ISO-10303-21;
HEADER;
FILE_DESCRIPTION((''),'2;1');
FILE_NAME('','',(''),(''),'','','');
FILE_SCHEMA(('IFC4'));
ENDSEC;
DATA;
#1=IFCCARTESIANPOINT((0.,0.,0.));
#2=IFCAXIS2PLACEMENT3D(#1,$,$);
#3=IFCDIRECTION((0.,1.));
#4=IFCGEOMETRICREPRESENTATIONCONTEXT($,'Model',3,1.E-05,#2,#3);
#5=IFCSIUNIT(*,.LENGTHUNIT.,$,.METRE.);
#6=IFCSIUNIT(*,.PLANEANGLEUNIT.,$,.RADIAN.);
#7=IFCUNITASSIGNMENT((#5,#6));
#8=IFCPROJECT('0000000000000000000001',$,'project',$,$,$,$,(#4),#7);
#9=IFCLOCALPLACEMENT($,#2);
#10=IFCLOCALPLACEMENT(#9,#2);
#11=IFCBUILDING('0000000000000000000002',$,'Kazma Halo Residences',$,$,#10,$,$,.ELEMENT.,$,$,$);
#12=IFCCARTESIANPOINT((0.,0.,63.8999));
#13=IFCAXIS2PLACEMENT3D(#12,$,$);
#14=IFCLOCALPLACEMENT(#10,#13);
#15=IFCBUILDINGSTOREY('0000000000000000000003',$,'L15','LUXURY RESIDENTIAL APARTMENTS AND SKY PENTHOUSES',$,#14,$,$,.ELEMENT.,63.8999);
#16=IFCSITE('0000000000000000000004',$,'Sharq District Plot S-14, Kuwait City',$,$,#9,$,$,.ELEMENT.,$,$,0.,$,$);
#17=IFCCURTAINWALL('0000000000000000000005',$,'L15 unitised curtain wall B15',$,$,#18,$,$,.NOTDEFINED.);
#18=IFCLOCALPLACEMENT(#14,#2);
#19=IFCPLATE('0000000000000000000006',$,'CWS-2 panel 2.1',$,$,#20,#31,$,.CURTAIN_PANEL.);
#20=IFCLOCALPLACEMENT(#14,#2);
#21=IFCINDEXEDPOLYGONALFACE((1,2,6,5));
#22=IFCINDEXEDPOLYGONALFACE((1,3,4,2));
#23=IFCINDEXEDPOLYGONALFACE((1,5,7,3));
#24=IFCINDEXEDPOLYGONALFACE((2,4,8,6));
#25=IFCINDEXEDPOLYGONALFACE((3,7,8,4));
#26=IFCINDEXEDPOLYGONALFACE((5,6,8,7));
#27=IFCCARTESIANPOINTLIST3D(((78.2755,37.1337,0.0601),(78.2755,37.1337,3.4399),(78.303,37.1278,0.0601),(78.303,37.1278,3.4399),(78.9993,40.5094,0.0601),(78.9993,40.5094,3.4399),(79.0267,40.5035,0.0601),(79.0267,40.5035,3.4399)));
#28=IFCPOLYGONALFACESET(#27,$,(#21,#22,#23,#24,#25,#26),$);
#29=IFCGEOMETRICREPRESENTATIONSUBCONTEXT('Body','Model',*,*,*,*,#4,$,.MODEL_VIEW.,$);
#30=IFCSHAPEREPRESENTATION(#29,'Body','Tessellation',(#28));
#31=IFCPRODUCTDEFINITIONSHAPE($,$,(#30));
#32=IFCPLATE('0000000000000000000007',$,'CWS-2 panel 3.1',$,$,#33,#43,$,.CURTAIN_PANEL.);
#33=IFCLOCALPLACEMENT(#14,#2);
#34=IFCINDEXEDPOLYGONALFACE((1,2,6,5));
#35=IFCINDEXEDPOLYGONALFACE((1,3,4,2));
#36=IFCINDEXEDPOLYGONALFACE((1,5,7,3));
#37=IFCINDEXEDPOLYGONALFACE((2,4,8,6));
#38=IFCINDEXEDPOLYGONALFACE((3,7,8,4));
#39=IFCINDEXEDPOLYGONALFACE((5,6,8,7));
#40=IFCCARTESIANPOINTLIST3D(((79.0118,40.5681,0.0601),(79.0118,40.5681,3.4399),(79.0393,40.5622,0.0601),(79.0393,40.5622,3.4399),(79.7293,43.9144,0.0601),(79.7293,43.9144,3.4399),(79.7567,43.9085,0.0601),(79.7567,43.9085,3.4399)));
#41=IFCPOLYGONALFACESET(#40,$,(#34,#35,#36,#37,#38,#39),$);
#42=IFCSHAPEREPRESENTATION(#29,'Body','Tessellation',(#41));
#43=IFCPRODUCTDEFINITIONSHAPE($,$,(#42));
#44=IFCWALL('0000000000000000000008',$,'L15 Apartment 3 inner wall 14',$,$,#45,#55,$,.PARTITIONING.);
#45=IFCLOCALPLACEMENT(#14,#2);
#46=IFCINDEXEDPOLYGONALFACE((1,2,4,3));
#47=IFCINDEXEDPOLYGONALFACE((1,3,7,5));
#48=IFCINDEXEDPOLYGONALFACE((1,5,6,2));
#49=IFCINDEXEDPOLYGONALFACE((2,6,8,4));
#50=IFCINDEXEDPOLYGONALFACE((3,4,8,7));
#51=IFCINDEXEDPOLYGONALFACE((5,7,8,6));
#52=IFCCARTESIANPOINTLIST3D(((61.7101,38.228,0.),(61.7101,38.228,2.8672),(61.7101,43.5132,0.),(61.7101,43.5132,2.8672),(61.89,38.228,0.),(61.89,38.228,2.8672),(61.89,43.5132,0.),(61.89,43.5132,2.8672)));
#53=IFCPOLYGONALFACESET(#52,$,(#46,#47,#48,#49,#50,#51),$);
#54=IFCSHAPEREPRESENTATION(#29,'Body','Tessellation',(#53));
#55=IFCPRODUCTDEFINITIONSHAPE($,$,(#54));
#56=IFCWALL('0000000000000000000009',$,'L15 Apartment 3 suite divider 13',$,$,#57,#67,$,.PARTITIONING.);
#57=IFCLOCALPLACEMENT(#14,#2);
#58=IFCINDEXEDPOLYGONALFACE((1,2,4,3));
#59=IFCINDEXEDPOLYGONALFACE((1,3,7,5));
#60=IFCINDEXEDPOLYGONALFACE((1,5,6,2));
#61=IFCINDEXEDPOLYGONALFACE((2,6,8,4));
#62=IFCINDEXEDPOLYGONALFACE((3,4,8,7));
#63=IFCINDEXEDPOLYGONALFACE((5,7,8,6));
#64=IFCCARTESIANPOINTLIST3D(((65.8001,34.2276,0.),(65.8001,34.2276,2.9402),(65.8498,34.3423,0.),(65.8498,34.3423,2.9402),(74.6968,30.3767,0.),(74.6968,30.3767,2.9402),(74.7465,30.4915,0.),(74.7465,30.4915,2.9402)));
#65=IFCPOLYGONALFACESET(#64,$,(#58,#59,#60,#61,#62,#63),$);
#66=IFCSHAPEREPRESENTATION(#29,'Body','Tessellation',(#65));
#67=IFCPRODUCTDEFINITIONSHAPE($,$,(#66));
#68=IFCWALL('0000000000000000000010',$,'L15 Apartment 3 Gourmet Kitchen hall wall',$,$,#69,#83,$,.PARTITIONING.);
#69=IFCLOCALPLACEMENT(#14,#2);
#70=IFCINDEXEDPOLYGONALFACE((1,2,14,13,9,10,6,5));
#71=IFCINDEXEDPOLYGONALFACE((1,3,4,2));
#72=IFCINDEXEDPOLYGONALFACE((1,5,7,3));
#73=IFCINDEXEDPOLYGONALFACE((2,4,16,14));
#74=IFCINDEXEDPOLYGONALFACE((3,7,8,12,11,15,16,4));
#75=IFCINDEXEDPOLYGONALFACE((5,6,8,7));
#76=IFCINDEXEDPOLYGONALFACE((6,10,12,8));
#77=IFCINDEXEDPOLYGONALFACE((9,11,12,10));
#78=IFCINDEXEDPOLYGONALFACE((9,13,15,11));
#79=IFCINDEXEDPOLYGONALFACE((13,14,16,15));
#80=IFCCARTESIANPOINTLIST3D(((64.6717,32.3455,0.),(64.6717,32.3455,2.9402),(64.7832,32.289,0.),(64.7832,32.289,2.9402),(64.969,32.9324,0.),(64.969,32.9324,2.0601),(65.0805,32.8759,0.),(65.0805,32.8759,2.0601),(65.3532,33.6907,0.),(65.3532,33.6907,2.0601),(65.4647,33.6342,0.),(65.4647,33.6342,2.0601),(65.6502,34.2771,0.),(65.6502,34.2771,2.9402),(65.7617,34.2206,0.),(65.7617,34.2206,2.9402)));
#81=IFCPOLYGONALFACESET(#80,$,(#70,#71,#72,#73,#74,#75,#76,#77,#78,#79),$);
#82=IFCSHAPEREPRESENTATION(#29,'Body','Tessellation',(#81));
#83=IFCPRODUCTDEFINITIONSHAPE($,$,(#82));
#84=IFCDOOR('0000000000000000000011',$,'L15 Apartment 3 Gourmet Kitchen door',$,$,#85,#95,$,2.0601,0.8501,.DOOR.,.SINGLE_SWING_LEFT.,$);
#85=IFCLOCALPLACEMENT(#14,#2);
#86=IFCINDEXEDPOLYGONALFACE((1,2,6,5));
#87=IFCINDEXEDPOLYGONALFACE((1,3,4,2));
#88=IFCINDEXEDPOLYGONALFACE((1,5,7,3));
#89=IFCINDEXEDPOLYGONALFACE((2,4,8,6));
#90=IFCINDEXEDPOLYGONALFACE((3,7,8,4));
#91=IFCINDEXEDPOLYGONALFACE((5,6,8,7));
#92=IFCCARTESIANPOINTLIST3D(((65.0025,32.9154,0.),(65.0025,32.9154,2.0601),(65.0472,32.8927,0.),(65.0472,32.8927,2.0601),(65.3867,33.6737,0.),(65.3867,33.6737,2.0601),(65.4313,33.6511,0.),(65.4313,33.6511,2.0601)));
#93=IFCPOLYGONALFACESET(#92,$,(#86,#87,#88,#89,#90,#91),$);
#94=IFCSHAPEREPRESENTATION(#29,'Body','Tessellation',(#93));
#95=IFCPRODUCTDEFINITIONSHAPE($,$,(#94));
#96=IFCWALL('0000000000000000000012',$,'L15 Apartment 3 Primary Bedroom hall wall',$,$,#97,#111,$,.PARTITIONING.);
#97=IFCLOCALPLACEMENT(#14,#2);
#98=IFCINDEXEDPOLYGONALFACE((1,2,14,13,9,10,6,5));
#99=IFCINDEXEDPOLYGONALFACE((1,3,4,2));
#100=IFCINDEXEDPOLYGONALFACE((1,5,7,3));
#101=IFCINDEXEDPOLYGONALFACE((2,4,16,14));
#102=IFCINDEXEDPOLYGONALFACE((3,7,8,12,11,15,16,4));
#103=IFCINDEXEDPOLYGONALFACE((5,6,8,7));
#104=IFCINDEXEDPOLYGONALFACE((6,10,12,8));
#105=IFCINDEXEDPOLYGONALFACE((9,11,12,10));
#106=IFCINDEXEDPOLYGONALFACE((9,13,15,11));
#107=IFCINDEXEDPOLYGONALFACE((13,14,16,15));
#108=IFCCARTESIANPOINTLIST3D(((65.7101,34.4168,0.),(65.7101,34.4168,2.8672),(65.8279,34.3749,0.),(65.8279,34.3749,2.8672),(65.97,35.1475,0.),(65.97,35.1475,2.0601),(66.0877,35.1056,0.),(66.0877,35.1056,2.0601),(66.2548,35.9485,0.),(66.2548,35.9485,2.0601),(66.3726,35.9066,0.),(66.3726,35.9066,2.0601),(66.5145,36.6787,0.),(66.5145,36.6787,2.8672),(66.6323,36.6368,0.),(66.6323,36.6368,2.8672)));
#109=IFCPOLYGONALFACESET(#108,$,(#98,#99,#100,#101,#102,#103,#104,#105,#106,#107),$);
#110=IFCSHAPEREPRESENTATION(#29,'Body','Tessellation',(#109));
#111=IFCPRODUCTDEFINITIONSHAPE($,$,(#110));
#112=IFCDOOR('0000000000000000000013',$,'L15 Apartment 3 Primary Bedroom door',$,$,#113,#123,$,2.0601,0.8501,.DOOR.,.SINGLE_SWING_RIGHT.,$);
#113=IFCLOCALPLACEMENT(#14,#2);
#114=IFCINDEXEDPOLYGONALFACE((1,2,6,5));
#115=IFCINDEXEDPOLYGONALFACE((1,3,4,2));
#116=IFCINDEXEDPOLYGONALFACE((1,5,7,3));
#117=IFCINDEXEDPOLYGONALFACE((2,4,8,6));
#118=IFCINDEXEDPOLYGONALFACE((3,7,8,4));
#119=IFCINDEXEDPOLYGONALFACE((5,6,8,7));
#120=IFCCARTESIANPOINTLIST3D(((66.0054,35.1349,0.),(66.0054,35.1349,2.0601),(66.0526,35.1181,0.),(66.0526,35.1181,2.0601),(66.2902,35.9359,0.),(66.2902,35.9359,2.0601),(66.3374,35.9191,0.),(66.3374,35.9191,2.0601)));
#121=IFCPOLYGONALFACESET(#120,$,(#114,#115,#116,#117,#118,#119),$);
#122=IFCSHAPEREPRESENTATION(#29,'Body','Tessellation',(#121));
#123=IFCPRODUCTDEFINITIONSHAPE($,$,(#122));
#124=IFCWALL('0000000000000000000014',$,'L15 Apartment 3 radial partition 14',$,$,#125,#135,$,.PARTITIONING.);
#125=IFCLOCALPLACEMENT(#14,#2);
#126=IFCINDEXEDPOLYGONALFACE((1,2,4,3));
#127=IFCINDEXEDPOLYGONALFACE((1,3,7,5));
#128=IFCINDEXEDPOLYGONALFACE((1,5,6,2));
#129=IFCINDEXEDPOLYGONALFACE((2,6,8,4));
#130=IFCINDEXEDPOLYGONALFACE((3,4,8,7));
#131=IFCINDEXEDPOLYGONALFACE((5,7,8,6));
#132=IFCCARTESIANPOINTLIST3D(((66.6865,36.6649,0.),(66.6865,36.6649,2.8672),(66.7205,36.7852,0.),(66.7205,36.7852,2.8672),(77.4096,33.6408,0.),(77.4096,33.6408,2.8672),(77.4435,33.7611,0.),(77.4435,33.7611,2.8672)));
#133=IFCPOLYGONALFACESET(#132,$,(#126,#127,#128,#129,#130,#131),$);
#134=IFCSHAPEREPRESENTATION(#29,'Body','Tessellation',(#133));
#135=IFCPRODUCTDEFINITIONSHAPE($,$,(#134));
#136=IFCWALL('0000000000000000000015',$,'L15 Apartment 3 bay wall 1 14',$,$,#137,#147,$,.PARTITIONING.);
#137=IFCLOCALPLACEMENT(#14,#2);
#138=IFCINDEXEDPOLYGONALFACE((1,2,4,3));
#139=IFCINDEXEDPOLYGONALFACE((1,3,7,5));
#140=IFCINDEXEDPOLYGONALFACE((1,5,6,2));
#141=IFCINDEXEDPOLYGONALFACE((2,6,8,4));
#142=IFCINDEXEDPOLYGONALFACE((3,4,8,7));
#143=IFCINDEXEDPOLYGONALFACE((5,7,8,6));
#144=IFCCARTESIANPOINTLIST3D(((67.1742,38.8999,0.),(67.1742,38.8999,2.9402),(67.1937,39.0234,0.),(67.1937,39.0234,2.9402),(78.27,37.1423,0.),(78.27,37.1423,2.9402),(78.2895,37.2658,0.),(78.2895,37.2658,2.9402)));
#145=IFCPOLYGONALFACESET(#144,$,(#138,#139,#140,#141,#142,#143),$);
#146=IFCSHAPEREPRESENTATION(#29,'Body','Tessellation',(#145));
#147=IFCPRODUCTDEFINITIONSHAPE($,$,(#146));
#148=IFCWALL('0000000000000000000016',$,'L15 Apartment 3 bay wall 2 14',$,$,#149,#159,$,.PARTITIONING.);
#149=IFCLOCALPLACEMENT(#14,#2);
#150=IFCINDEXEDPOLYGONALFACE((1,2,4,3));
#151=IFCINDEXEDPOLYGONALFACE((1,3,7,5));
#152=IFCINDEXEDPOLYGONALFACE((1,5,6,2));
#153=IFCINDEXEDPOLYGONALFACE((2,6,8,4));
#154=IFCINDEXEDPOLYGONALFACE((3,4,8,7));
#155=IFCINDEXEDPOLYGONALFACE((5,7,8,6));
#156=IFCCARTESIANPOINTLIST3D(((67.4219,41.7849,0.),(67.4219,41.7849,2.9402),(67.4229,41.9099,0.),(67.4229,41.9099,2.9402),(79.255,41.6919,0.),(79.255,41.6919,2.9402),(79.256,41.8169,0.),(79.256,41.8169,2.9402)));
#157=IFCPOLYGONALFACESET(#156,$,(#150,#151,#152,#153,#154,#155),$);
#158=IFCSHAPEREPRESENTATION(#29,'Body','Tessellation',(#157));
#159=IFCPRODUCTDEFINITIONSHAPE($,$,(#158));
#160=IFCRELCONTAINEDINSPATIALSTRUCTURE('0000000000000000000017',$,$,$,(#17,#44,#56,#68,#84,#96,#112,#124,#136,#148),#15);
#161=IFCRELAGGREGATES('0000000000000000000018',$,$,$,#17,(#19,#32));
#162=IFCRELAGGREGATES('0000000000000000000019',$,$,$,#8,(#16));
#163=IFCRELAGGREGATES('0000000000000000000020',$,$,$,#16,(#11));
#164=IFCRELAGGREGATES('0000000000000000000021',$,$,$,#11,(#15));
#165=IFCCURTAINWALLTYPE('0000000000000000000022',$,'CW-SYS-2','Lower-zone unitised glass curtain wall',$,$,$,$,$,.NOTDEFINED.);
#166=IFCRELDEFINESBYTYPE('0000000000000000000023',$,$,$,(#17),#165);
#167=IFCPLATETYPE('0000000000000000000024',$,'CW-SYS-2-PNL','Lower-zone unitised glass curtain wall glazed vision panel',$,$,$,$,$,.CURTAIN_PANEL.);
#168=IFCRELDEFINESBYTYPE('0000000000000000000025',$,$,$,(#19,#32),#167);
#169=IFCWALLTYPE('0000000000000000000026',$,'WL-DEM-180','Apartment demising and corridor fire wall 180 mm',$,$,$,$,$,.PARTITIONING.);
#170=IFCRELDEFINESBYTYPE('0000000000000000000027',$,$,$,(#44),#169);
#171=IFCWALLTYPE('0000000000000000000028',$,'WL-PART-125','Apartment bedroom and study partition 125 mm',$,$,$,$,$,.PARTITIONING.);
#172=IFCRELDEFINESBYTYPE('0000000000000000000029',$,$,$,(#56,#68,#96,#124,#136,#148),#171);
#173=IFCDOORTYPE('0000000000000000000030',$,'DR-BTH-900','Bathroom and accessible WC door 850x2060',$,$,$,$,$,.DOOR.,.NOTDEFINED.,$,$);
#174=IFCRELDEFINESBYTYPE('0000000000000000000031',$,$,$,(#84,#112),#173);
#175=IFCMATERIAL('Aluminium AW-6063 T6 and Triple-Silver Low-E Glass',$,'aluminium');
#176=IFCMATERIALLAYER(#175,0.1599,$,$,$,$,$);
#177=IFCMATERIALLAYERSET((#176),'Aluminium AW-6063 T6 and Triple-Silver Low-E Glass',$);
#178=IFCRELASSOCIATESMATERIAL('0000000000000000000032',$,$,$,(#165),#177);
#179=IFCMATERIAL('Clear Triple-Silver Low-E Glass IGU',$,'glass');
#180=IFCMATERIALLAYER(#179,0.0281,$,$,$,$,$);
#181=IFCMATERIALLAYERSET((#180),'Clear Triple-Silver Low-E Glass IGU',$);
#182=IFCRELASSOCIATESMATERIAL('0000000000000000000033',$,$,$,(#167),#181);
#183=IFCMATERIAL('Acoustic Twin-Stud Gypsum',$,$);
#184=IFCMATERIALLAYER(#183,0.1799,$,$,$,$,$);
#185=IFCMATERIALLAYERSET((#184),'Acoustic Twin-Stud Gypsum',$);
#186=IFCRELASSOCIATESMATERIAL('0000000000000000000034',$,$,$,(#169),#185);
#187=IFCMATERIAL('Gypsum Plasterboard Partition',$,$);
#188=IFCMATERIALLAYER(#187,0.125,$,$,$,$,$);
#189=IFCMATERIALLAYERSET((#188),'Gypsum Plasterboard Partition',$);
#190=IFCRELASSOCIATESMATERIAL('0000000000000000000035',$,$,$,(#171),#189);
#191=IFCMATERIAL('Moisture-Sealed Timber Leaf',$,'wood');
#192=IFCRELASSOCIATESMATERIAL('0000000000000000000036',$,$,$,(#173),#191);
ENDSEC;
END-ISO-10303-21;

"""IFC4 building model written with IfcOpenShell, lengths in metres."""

from ifc_helpers import new_model, si_unit, direction, frame, frame_2d, origin, origin_2d, place, context, subcontext, project, spatial, rectangle, extrude, material, layer, layer_set, type_object, element, fill, aggregate, save


model = new_model("IFC4")

# Units and contexts
model_context = context("Model", 3, precision=1e-05, world=origin(), true_north=direction((0.0, 1.0)))
body_context = subcontext(model_context, "Body", "Model", "MODEL_VIEW")
ifc_project = project(units=[si_unit("LENGTHUNIT", "METRE"), si_unit("PLANEANGLEUNIT", "RADIAN")], contexts=[model_context])

# Site, building, storey
site_placement = place(None, origin())
site = spatial("IfcSite", under=ifc_project, at=site_placement, Name="Sharq District Plot S-14, Kuwait City", CompositionType="ELEMENT", RefElevation=0.0)
building_placement = place(site_placement, origin())
building = spatial("IfcBuilding", under=site, at=building_placement, Name="Kazma Halo Residences", CompositionType="ELEMENT")
storey_placement = place(building_placement, frame((0.0, 0.0, 63.8999)))
storey = spatial("IfcBuildingStorey", under=building, at=storey_placement, Name="L15", Description="LUXURY RESIDENTIAL APARTMENTS AND SKY PENTHOUSES", CompositionType="ELEMENT", Elevation=63.8999)

# Curtain wall, plates
ifc_material_1 = material(Name="Aluminium AW-6063 T6 and Triple-Silver Low-E Glass", Category="aluminium")
ifc_layer_1 = layer(ifc_material_1, 0.1599)
ifc_layer_set_1 = layer_set([ifc_layer_1], Name="Aluminium AW-6063 T6 and Triple-Silver Low-E Glass")
curtain_wall_type = type_object("IfcCurtainWallType", Name="CW-SYS-2", Description="Lower-zone unitised glass curtain wall", PredefinedType="NOTDEFINED", material=ifc_layer_set_1)
curtain_wall_placement = place(storey_placement, origin())
curtain_wall = element("IfcCurtainWall", 1, at=curtain_wall_placement, inside=storey, type_object=curtain_wall_type, Name="L15 unitised curtain wall B15", PredefinedType="NOTDEFINED")
ifc_material_2 = material(Name="Clear Triple-Silver Low-E Glass IGU", Category="glass")
ifc_layer_2 = layer(ifc_material_2, 0.0281)
ifc_layer_set_2 = layer_set([ifc_layer_2], Name="Clear Triple-Silver Low-E Glass IGU")
plate_type = type_object("IfcPlateType", Name="CW-SYS-2-PNL", Description="Lower-zone unitised glass curtain wall glazed vision panel", PredefinedType="CURTAIN_PANEL", material=ifc_layer_set_2)
plate_1_placement = place(storey_placement, frame((78.6511, 38.8186, 0.0601), z_axis=(0.0, 0.0, 1.0), x_axis=(0.209637, 0.977779, 0.0)))
plate_1 = element("IfcPlate", 2, at=plate_1_placement, type_object=plate_type, Name="CWS-2 panel 2.1", PredefinedType="CURTAIN_PANEL", context=body_context, shape_type="SweptSolid", body=[
    extrude(rectangle(XDim=3.4524, YDim=0.0281, at=origin_2d()), origin(), (0.0, 0.0, 1.0), 3.3799),
])
plate_2_placement = place(storey_placement, frame((79.3843, 42.2383, 0.0601), z_axis=(0.0, 0.0, 1.0), x_axis=(0.209637, 0.977779, 0.0)))
plate_2 = element("IfcPlate", 3, at=plate_2_placement, type_object=plate_type, Name="CWS-2 panel 3.1", PredefinedType="CURTAIN_PANEL", context=body_context, shape_type="SweptSolid", body=[
    extrude(rectangle(XDim=3.4224, YDim=0.0281, at=origin_2d()), origin(), (0.0, 0.0, 1.0), 3.3799),
])
aggregate(curtain_wall, [plate_1, plate_2])

# Walls
ifc_material_3 = material(Name="Acoustic Twin-Stud Gypsum")
ifc_layer_3 = layer(ifc_material_3, 0.1799)
ifc_layer_set_3 = layer_set([ifc_layer_3], Name="Acoustic Twin-Stud Gypsum")
wall_type_1 = type_object("IfcWallType", Name="WL-DEM-180", Description="Apartment demising and corridor fire wall 180 mm", PredefinedType="PARTITIONING", material=ifc_layer_set_3)
wall_1_placement = place(storey_placement, frame((61.8, 38.228, 0.0), z_axis=(0.0, 0.0, 1.0), x_axis=(0.0, 1.0, 0.0)))
element("IfcWall", 4, at=wall_1_placement, inside=storey, type_object=wall_type_1, Name="L15 Apartment 3 inner wall 14", PredefinedType="PARTITIONING", context=body_context, shape_type="SweptSolid", body=[
    extrude(rectangle(XDim=5.2852, YDim=0.1799, at=frame_2d((2.6426, 0.0))), origin(), (0.0, 0.0, 1.0), 2.8672),
])
ifc_material_4 = material(Name="Gypsum Plasterboard Partition")
ifc_layer_4 = layer(ifc_material_4, 0.125)
ifc_layer_set_4 = layer_set([ifc_layer_4], Name="Gypsum Plasterboard Partition")
wall_type_2 = type_object("IfcWallType", Name="WL-PART-125", Description="Apartment bedroom and study partition 125 mm", PredefinedType="PARTITIONING", material=ifc_layer_set_4)
wall_2_placement = place(storey_placement, frame((65.825, 34.2849, 0.0), z_axis=(0.0, 0.0, 1.0), x_axis=(0.917722, -0.397224, 0.0)))
element("IfcWall", 5, at=wall_2_placement, inside=storey, type_object=wall_type_2, Name="L15 Apartment 3 suite divider 13", PredefinedType="PARTITIONING", context=body_context, shape_type="SweptSolid", body=[
    extrude(rectangle(XDim=9.6943, YDim=0.125, at=frame_2d((4.8472, 0.0))), origin(), (0.0, 0.0, 1.0), 2.9402),
])

# Walls, openings, doors
wall_3_placement = place(storey_placement, frame((64.7275, 32.3174, 0.0), z_axis=(0.0, 0.0, 1.0), x_axis=(0.451898, 0.89207, 0.0)))
wall_3 = element("IfcWall", 6, at=wall_3_placement, inside=storey, type_object=wall_type_2, Name="L15 Apartment 3 Gourmet Kitchen hall wall", PredefinedType="PARTITIONING", context=body_context, shape_type="SweptSolid", body=[
    extrude(rectangle(XDim=2.1653, YDim=0.125, at=frame_2d((1.0825, 0.0))), origin(), (0.0, 0.0, 1.0), 2.9402),
])
opening_1_placement = place(wall_3_placement, frame((0.6577, 0.0, 0.0)))
opening_1 = element("IfcOpeningElement", 7, at=opening_1_placement, cuts=wall_3, PredefinedType="OPENING", context=body_context, shape_type="SweptSolid", body=[
    extrude(rectangle(XDim=0.8501, YDim=2.0601, at=frame_2d((0.425, 1.03))), frame((0.0, 0.0725, 0.0), z_axis=(0.0, -1.0, 0.0), x_axis=(1.0, 0.0, 0.0)), (0.0, 0.0, 1.0), 0.145),
])
ifc_material_5 = material(Name="Moisture-Sealed Timber Leaf", Category="wood")
door_type = type_object("IfcDoorType", Name="DR-BTH-900", Description="Bathroom and accessible WC door 850x2060", OperationType="NOTDEFINED", PredefinedType="DOOR", material=ifc_material_5)
door_1_placement = place(opening_1_placement, origin())
door_1 = element("IfcDoor", 8, at=door_1_placement, inside=storey, type_object=door_type, Name="L15 Apartment 3 Gourmet Kitchen door", OperationType="SINGLE_SWING_LEFT", OverallHeight=2.0601, OverallWidth=0.8501, PredefinedType="DOOR", context=body_context, shape_type="SweptSolid", body=[
    extrude(rectangle(XDim=0.8501, YDim=2.0601, at=frame_2d((0.425, 1.03))), frame((0.0, 0.0249, 0.0), z_axis=(0.0, -1.0, 0.0), x_axis=(1.0, 0.0, 0.0)), (0.0, 0.0, 1.0), 0.05),
])
fill(opening_1, door_1)
wall_4_placement = place(storey_placement, frame((65.769, 34.396, 0.0), z_axis=(0.0, 0.0, 1.0), x_axis=(0.33508, 0.94219, 0.0)))
wall_4 = element("IfcWall", 9, at=wall_4_placement, inside=storey, type_object=wall_type_2, Name="L15 Apartment 3 Primary Bedroom hall wall", PredefinedType="PARTITIONING", context=body_context, shape_type="SweptSolid", body=[
    extrude(rectangle(XDim=2.4006, YDim=0.125, at=frame_2d((1.2002, 0.0))), origin(), (0.0, 0.0, 1.0), 2.8672),
])
opening_2_placement = place(wall_4_placement, frame((0.7754, 0.0, 0.0)))
opening_2 = element("IfcOpeningElement", 10, at=opening_2_placement, cuts=wall_4, PredefinedType="OPENING", context=body_context, shape_type="SweptSolid", body=[
    extrude(rectangle(XDim=0.8501, YDim=2.0601, at=frame_2d((0.425, 1.03))), frame((0.0, 0.0725, 0.0), z_axis=(0.0, -1.0, 0.0), x_axis=(1.0, 0.0, 0.0)), (0.0, 0.0, 1.0), 0.145),
])
door_2_placement = place(opening_2_placement, origin())
door_2 = element("IfcDoor", 11, at=door_2_placement, inside=storey, type_object=door_type, Name="L15 Apartment 3 Primary Bedroom door", OperationType="SINGLE_SWING_RIGHT", OverallHeight=2.0601, OverallWidth=0.8501, PredefinedType="DOOR", context=body_context, shape_type="SweptSolid", body=[
    extrude(rectangle(XDim=0.8501, YDim=2.0601, at=frame_2d((0.425, 1.03))), frame((0.0, 0.0249, 0.0), z_axis=(0.0, -1.0, 0.0), x_axis=(1.0, 0.0, 0.0)), (0.0, 0.0, 1.0), 0.05),
])
fill(opening_2, door_2)

# Walls
wall_5_placement = place(storey_placement, frame((66.7034, 36.7251, 0.0), z_axis=(0.0, 0.0, 1.0), x_axis=(0.962457, -0.271435, 0.0)))
element("IfcWall", 12, at=wall_5_placement, inside=storey, type_object=wall_type_2, Name="L15 Apartment 3 radial partition 14", PredefinedType="PARTITIONING", context=body_context, shape_type="SweptSolid", body=[
    extrude(rectangle(XDim=11.1414, YDim=0.125, at=frame_2d((5.5708, 0.0))), origin(), (0.0, 0.0, 1.0), 2.8672),
])
wall_6_placement = place(storey_placement, frame((67.1838, 38.9617, 0.0), z_axis=(0.0, 0.0, 1.0), x_axis=(0.987686, -0.15645, 0.0)))
element("IfcWall", 13, at=wall_6_placement, inside=storey, type_object=wall_type_2, Name="L15 Apartment 3 bay wall 1 14", PredefinedType="PARTITIONING", context=body_context, shape_type="SweptSolid", body=[
    extrude(rectangle(XDim=11.2341, YDim=0.125, at=frame_2d((5.6172, 0.0))), origin(), (0.0, 0.0, 1.0), 2.9402),
])
wall_7_placement = place(storey_placement, frame((67.4224, 41.8474, 0.0), z_axis=(0.0, 0.0, 1.0), x_axis=(0.999969, -0.00786, 0.0)))
element("IfcWall", 14, at=wall_7_placement, inside=storey, type_object=wall_type_2, Name="L15 Apartment 3 bay wall 2 14", PredefinedType="PARTITIONING", context=body_context, shape_type="SweptSolid", body=[
    extrude(rectangle(XDim=11.8335, YDim=0.125, at=frame_2d((5.9167, 0.0))), origin(), (0.0, 0.0, 1.0), 2.9402),
])

save(model, "model.ifc")
